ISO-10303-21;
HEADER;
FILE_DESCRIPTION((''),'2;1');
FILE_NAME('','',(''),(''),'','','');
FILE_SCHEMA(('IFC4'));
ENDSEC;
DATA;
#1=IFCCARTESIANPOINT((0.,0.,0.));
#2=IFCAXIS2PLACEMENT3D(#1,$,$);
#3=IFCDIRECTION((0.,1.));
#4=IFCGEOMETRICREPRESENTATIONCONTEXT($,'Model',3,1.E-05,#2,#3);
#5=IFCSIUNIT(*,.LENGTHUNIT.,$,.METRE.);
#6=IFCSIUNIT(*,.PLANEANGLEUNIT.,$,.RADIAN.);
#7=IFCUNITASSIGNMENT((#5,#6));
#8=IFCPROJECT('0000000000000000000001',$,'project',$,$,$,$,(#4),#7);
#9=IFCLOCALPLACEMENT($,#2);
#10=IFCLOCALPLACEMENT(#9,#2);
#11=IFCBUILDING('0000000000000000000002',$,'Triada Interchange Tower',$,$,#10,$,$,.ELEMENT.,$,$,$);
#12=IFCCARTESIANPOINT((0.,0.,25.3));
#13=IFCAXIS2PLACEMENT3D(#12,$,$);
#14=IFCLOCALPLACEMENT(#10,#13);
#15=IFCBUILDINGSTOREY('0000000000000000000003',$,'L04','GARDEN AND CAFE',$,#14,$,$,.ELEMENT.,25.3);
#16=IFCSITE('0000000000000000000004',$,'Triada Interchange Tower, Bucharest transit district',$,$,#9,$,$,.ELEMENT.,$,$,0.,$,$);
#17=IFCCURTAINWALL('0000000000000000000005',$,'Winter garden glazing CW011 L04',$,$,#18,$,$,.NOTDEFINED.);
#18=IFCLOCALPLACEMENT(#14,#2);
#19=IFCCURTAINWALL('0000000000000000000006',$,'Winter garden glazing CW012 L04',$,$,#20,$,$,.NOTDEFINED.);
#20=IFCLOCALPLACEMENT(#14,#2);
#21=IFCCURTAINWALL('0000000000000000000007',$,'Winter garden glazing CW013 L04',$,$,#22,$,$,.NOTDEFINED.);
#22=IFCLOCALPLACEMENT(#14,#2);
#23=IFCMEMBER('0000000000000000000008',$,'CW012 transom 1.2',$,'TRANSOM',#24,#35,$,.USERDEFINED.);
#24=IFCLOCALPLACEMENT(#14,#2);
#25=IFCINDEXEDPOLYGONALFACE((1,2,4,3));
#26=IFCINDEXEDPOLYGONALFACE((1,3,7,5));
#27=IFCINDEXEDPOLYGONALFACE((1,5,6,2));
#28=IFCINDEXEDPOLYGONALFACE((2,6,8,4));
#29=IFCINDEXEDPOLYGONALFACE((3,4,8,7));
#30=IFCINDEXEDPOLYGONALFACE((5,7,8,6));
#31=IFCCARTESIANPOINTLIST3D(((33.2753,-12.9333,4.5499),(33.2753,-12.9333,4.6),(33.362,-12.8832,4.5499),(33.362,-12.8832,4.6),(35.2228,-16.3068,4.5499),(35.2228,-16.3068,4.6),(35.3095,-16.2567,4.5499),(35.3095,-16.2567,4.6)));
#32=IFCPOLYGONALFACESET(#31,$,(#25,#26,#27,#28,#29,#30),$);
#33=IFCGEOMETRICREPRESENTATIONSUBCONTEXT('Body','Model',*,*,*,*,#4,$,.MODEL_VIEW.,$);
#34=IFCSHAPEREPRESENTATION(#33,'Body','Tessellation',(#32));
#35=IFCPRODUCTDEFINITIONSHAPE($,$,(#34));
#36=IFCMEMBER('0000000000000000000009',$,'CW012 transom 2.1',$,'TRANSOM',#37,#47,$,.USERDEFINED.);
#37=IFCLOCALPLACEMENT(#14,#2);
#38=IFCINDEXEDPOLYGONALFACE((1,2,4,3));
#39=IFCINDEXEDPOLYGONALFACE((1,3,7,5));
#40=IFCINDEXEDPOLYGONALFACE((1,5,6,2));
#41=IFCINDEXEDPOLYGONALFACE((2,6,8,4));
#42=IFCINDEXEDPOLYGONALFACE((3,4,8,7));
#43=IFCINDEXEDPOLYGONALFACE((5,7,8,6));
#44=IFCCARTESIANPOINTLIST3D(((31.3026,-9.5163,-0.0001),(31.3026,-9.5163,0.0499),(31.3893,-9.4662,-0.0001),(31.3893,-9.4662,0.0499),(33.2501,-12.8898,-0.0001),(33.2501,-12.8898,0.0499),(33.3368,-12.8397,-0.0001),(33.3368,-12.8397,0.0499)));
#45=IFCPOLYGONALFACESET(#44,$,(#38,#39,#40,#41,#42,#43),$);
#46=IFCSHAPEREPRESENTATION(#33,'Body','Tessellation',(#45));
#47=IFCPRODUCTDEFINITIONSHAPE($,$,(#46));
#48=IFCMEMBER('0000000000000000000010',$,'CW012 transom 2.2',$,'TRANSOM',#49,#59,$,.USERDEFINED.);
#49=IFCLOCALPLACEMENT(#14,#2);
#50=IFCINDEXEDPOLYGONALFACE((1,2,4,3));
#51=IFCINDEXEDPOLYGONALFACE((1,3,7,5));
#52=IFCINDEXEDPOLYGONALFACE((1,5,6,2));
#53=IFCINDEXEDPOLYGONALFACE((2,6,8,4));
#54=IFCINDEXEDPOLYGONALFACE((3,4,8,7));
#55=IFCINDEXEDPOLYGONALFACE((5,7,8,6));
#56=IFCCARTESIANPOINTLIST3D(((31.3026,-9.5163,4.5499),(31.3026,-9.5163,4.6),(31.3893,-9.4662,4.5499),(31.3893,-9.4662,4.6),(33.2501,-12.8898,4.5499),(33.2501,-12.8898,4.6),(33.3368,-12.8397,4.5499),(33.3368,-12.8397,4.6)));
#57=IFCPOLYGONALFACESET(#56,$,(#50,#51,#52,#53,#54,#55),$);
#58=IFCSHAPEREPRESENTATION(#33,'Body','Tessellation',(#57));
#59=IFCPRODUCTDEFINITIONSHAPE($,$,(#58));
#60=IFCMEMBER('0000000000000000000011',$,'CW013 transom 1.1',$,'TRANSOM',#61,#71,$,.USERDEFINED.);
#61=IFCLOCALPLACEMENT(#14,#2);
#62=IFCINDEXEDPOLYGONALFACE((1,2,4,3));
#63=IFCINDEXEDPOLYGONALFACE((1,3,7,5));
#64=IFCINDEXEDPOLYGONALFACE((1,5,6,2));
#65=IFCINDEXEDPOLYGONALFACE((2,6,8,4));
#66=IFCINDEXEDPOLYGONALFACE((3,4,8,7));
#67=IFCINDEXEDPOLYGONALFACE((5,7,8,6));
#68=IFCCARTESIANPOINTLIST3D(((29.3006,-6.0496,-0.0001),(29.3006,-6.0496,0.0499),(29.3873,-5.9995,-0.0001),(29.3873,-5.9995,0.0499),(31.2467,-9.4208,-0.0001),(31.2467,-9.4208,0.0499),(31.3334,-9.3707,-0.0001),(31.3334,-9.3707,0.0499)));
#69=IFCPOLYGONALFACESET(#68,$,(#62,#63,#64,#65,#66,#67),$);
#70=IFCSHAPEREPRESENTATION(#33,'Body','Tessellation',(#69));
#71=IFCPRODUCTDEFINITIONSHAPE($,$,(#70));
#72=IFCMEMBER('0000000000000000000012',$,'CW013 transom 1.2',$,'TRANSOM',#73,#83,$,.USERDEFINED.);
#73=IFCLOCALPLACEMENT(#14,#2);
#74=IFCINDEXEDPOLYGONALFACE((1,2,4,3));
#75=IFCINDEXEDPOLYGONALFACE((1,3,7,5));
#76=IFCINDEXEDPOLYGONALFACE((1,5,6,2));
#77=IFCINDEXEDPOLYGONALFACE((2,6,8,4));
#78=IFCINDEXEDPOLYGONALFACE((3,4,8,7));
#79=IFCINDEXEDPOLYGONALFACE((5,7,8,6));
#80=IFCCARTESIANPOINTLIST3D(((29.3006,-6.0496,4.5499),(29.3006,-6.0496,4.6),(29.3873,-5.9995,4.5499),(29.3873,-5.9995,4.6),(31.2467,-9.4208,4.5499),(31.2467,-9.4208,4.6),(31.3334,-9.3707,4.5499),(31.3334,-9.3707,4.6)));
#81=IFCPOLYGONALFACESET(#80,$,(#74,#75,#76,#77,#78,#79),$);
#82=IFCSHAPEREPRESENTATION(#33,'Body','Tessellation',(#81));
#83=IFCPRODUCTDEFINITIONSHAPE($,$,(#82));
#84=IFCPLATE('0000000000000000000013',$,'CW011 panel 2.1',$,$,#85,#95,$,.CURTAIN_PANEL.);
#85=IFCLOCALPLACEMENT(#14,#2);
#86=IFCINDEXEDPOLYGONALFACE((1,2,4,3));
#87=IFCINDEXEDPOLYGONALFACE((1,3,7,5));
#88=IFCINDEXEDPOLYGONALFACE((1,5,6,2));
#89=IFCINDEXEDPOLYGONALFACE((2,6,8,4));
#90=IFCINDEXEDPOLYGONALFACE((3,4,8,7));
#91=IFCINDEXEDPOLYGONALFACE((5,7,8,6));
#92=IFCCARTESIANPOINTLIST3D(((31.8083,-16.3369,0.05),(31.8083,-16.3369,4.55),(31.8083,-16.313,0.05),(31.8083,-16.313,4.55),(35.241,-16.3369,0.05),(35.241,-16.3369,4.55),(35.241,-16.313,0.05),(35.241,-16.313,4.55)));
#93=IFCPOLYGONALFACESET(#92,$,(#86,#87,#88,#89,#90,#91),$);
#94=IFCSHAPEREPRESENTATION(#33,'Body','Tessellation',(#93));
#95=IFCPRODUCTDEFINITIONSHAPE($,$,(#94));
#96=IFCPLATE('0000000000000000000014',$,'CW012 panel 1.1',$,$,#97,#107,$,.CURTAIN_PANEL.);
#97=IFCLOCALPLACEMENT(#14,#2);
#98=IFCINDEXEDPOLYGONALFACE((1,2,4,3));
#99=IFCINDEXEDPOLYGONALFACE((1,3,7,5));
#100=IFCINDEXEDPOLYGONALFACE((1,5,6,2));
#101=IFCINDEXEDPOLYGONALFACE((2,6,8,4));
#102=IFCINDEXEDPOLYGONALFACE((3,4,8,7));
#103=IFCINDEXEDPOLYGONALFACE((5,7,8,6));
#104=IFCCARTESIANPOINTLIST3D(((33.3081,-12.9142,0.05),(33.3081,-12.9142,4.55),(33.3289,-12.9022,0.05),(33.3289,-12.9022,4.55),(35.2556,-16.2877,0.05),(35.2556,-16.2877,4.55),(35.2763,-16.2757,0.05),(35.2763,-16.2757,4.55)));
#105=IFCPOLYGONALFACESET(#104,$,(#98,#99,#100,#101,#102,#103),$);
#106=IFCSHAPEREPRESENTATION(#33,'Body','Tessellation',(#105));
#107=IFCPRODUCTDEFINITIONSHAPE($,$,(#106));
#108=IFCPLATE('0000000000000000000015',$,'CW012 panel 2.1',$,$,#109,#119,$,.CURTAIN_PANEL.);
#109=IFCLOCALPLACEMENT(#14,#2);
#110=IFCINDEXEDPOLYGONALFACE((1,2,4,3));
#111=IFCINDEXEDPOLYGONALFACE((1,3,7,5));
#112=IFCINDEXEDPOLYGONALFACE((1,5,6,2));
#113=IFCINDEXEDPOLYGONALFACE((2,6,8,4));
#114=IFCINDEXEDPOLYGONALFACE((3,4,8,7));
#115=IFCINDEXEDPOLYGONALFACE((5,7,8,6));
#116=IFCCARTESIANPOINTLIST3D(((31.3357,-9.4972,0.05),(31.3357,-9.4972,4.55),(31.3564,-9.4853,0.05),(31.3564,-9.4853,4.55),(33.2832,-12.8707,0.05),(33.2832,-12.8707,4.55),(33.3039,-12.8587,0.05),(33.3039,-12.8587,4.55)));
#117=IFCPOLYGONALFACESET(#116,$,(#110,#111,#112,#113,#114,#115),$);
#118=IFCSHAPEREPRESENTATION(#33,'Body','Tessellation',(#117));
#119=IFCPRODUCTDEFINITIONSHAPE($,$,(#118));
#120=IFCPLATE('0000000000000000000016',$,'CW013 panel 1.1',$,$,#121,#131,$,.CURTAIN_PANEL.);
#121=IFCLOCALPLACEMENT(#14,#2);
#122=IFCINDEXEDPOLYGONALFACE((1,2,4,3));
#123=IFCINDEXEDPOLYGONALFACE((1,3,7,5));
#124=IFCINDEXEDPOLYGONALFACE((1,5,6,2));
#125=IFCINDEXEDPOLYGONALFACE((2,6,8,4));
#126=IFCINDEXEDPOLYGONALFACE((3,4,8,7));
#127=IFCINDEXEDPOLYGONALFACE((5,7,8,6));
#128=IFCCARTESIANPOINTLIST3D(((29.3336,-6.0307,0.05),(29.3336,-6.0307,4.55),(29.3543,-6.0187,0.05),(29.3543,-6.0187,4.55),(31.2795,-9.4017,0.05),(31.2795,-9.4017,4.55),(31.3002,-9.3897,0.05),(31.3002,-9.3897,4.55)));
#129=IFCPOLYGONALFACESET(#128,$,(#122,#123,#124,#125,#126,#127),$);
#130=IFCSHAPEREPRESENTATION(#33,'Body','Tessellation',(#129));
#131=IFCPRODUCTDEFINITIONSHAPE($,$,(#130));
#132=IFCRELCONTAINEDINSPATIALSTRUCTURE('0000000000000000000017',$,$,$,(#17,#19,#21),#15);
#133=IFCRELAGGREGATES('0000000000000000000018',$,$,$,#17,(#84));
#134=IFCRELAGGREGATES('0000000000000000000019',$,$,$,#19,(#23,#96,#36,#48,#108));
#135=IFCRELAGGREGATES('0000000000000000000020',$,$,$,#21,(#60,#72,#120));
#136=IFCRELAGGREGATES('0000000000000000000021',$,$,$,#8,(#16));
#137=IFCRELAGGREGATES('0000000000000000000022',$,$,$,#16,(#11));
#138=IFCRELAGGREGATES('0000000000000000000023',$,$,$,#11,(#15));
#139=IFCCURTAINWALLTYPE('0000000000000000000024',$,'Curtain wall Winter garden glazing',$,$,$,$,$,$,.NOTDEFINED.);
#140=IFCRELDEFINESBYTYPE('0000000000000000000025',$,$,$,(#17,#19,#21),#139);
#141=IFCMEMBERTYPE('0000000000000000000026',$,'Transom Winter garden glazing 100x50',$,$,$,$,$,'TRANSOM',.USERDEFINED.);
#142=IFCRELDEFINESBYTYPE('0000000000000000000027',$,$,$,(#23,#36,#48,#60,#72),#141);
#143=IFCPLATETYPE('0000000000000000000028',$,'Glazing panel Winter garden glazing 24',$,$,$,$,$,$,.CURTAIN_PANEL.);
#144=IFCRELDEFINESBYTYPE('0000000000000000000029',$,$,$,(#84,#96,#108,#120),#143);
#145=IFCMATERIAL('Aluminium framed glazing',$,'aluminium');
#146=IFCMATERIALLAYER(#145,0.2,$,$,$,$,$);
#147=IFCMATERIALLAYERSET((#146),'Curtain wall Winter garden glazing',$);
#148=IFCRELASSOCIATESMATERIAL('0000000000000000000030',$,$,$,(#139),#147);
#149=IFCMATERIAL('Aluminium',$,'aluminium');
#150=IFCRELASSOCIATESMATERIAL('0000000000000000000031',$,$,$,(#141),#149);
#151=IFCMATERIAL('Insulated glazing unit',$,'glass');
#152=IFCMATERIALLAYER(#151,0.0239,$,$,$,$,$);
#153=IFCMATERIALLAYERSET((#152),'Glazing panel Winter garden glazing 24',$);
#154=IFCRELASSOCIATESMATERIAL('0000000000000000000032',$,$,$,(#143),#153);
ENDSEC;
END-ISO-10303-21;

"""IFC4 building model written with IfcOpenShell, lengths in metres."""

from ifc_helpers import new_model, si_unit, direction, frame, origin, origin_2d, place, context, subcontext, project, spatial, rectangle, extrude, material, layer, layer_set, material_profile, profile_set, type_object, element, aggregate, save


model = new_model("IFC4")

# Units and contexts
model_context = context("Model", 3, precision=1e-05, world=origin(), true_north=direction((0.0, 1.0)))
body_context = subcontext(model_context, "Body", "Model", "MODEL_VIEW")
ifc_project = project(units=[si_unit("LENGTHUNIT", "METRE"), si_unit("PLANEANGLEUNIT", "RADIAN")], contexts=[model_context])

# Site, building, storey
site_placement = place(None, origin())
site = spatial("IfcSite", under=ifc_project, at=site_placement, Name="Triada Interchange Tower, Bucharest transit district", CompositionType="ELEMENT", RefElevation=0.0)
building_placement = place(site_placement, origin())
building = spatial("IfcBuilding", under=site, at=building_placement, Name="Triada Interchange Tower", CompositionType="ELEMENT")
storey_placement = place(building_placement, frame((0.0, 0.0, 25.3)))
storey = spatial("IfcBuildingStorey", under=building, at=storey_placement, Name="L04", Description="GARDEN AND CAFE", CompositionType="ELEMENT", Elevation=25.3)

# Curtain walls
ifc_material_1 = material(Name="Aluminium framed glazing", Category="aluminium")
ifc_layer_1 = layer(ifc_material_1, 0.2)
ifc_layer_set_1 = layer_set([ifc_layer_1], Name="Curtain wall Winter garden glazing")
curtain_wall_type = type_object("IfcCurtainWallType", Name="Curtain wall Winter garden glazing", PredefinedType="NOTDEFINED", material=ifc_layer_set_1)
curtain_wall_1_placement = place(storey_placement, origin())
curtain_wall_1 = element("IfcCurtainWall", 1, at=curtain_wall_1_placement, inside=storey, type_object=curtain_wall_type, Name="Winter garden glazing CW011 L04", PredefinedType="NOTDEFINED")
ifc_material_2 = material(Name="Aluminium", Category="aluminium")
curtain_wall_2_placement = place(storey_placement, origin())
curtain_wall_2 = element("IfcCurtainWall", 2, at=curtain_wall_2_placement, inside=storey, type_object=curtain_wall_type, Name="Winter garden glazing CW012 L04", PredefinedType="NOTDEFINED")

# Curtain wall
curtain_wall_3_placement = place(storey_placement, origin())
curtain_wall_3 = element("IfcCurtainWall", 3, at=curtain_wall_3_placement, inside=storey, type_object=curtain_wall_type, Name="Winter garden glazing CW013 L04", PredefinedType="NOTDEFINED")

# Members
ifc_material_profile_1 = material_profile(ifc_material_2, rectangle(XDim=0.1001, YDim=0.05, at=origin_2d()), Name="Aluminium transom")
ifc_profile_set_1 = profile_set([ifc_material_profile_1], Name="Aluminium")
member_type_1 = type_object("IfcMemberType", Name="Transom Winter garden glazing 100x50", ElementType="TRANSOM", PredefinedType="USERDEFINED", material=ifc_profile_set_1)
member_1_placement = place(storey_placement, frame((35.2661, -16.2817, 4.575), z_axis=(-0.499961, 0.866048, 0.0), x_axis=(-0.866048, -0.499961, 0.0)))
member_1 = element("IfcMember", 4, at=member_1_placement, type_object=member_type_1, Name="CW012 transom 1.2", ObjectType="TRANSOM", PredefinedType="USERDEFINED", context=body_context, shape_type="SweptSolid", body=[
    extrude(rectangle(XDim=0.1001, YDim=0.05, at=origin_2d()), origin(), (0.0, 0.0, 1.0), 3.8953),
])
member_2_placement = place(storey_placement, frame((33.2935, -12.8647, 0.0249), z_axis=(-0.499961, 0.866048, 0.0), x_axis=(-0.866048, -0.499961, 0.0)))
member_2 = element("IfcMember", 5, at=member_2_placement, type_object=member_type_1, Name="CW012 transom 2.1", ObjectType="TRANSOM", PredefinedType="USERDEFINED", context=body_context, shape_type="SweptSolid", body=[
    extrude(rectangle(XDim=0.1001, YDim=0.05, at=origin_2d()), origin(), (0.0, 0.0, 1.0), 3.8953),
])
member_3_placement = place(storey_placement, frame((33.2935, -12.8647, 4.575), z_axis=(-0.499961, 0.866048, 0.0), x_axis=(-0.866048, -0.499961, 0.0)))
member_3 = element("IfcMember", 6, at=member_3_placement, type_object=member_type_1, Name="CW012 transom 2.2", ObjectType="TRANSOM", PredefinedType="USERDEFINED", context=body_context, shape_type="SweptSolid", body=[
    extrude(rectangle(XDim=0.1001, YDim=0.05, at=origin_2d()), origin(), (0.0, 0.0, 1.0), 3.8953),
])
member_4_placement = place(storey_placement, frame((31.29, -9.3958, 0.0249), z_axis=(-0.49995, 0.866054, 0.0), x_axis=(-0.866054, -0.49995, 0.0)))
member_4 = element("IfcMember", 7, at=member_4_placement, type_object=member_type_1, Name="CW013 transom 1.1", ObjectType="TRANSOM", PredefinedType="USERDEFINED", context=body_context, shape_type="SweptSolid", body=[
    extrude(rectangle(XDim=0.1001, YDim=0.05, at=origin_2d()), origin(), (0.0, 0.0, 1.0), 3.8926),
])
member_5_placement = place(storey_placement, frame((31.29, -9.3958, 4.575), z_axis=(-0.49995, 0.866054, 0.0), x_axis=(-0.866054, -0.49995, 0.0)))
member_5 = element("IfcMember", 8, at=member_5_placement, type_object=member_type_1, Name="CW013 transom 1.2", ObjectType="TRANSOM", PredefinedType="USERDEFINED", context=body_context, shape_type="SweptSolid", body=[
    extrude(rectangle(XDim=0.1001, YDim=0.05, at=origin_2d()), origin(), (0.0, 0.0, 1.0), 3.8926),
])

# Plates
ifc_material_3 = material(Name="Insulated glazing unit", Category="glass")
ifc_layer_2 = layer(ifc_material_3, 0.0239)
ifc_layer_set_2 = layer_set([ifc_layer_2], Name="Glazing panel Winter garden glazing 24")
plate_type = type_object("IfcPlateType", Name="Glazing panel Winter garden glazing 24", PredefinedType="CURTAIN_PANEL", material=ifc_layer_set_2)
plate_1_placement = place(storey_placement, frame((33.5247, -16.325, 0.05), z_axis=(0.0, 0.0, 1.0), x_axis=(1.0, 0.0, 0.0)))
plate_1 = element("IfcPlate", 9, at=plate_1_placement, type_object=plate_type, Name="CW011 panel 2.1", PredefinedType="CURTAIN_PANEL", context=body_context, shape_type="SweptSolid", body=[
    extrude(rectangle(XDim=3.4326, YDim=0.0239, at=origin_2d()), origin(), (0.0, 0.0, 1.0), 4.5),
])
aggregate(curtain_wall_1, [plate_1])
plate_2_placement = place(storey_placement, frame((34.2922, -14.595, 0.05), z_axis=(0.0, 0.0, 1.0), x_axis=(-0.499959, 0.866049, 0.0)))
plate_2 = element("IfcPlate", 10, at=plate_2_placement, type_object=plate_type, Name="CW012 panel 1.1", PredefinedType="CURTAIN_PANEL", context=body_context, shape_type="SweptSolid", body=[
    extrude(rectangle(XDim=3.8953, YDim=0.0239, at=origin_2d()), origin(), (0.0, 0.0, 1.0), 4.5),
])
plate_3_placement = place(storey_placement, frame((32.3198, -11.178, 0.05), z_axis=(0.0, 0.0, 1.0), x_axis=(-0.499959, 0.866049, 0.0)))
plate_3 = element("IfcPlate", 11, at=plate_3_placement, type_object=plate_type, Name="CW012 panel 2.1", PredefinedType="CURTAIN_PANEL", context=body_context, shape_type="SweptSolid", body=[
    extrude(rectangle(XDim=3.8953, YDim=0.0239, at=origin_2d()), origin(), (0.0, 0.0, 1.0), 4.5),
])
aggregate(curtain_wall_2, [member_1, plate_2, member_2, member_3, plate_3])
plate_4_placement = place(storey_placement, frame((30.3169, -7.7102, 0.05), z_axis=(0.0, 0.0, 1.0), x_axis=(-0.499948, 0.866055, 0.0)))
plate_4 = element("IfcPlate", 12, at=plate_4_placement, type_object=plate_type, Name="CW013 panel 1.1", PredefinedType="CURTAIN_PANEL", context=body_context, shape_type="SweptSolid", body=[
    extrude(rectangle(XDim=3.8923, YDim=0.0239, at=origin_2d()), origin(), (0.0, 0.0, 1.0), 4.5),
])
aggregate(curtain_wall_3, [member_4, member_5, plate_4])

save(model, "model.ifc")
